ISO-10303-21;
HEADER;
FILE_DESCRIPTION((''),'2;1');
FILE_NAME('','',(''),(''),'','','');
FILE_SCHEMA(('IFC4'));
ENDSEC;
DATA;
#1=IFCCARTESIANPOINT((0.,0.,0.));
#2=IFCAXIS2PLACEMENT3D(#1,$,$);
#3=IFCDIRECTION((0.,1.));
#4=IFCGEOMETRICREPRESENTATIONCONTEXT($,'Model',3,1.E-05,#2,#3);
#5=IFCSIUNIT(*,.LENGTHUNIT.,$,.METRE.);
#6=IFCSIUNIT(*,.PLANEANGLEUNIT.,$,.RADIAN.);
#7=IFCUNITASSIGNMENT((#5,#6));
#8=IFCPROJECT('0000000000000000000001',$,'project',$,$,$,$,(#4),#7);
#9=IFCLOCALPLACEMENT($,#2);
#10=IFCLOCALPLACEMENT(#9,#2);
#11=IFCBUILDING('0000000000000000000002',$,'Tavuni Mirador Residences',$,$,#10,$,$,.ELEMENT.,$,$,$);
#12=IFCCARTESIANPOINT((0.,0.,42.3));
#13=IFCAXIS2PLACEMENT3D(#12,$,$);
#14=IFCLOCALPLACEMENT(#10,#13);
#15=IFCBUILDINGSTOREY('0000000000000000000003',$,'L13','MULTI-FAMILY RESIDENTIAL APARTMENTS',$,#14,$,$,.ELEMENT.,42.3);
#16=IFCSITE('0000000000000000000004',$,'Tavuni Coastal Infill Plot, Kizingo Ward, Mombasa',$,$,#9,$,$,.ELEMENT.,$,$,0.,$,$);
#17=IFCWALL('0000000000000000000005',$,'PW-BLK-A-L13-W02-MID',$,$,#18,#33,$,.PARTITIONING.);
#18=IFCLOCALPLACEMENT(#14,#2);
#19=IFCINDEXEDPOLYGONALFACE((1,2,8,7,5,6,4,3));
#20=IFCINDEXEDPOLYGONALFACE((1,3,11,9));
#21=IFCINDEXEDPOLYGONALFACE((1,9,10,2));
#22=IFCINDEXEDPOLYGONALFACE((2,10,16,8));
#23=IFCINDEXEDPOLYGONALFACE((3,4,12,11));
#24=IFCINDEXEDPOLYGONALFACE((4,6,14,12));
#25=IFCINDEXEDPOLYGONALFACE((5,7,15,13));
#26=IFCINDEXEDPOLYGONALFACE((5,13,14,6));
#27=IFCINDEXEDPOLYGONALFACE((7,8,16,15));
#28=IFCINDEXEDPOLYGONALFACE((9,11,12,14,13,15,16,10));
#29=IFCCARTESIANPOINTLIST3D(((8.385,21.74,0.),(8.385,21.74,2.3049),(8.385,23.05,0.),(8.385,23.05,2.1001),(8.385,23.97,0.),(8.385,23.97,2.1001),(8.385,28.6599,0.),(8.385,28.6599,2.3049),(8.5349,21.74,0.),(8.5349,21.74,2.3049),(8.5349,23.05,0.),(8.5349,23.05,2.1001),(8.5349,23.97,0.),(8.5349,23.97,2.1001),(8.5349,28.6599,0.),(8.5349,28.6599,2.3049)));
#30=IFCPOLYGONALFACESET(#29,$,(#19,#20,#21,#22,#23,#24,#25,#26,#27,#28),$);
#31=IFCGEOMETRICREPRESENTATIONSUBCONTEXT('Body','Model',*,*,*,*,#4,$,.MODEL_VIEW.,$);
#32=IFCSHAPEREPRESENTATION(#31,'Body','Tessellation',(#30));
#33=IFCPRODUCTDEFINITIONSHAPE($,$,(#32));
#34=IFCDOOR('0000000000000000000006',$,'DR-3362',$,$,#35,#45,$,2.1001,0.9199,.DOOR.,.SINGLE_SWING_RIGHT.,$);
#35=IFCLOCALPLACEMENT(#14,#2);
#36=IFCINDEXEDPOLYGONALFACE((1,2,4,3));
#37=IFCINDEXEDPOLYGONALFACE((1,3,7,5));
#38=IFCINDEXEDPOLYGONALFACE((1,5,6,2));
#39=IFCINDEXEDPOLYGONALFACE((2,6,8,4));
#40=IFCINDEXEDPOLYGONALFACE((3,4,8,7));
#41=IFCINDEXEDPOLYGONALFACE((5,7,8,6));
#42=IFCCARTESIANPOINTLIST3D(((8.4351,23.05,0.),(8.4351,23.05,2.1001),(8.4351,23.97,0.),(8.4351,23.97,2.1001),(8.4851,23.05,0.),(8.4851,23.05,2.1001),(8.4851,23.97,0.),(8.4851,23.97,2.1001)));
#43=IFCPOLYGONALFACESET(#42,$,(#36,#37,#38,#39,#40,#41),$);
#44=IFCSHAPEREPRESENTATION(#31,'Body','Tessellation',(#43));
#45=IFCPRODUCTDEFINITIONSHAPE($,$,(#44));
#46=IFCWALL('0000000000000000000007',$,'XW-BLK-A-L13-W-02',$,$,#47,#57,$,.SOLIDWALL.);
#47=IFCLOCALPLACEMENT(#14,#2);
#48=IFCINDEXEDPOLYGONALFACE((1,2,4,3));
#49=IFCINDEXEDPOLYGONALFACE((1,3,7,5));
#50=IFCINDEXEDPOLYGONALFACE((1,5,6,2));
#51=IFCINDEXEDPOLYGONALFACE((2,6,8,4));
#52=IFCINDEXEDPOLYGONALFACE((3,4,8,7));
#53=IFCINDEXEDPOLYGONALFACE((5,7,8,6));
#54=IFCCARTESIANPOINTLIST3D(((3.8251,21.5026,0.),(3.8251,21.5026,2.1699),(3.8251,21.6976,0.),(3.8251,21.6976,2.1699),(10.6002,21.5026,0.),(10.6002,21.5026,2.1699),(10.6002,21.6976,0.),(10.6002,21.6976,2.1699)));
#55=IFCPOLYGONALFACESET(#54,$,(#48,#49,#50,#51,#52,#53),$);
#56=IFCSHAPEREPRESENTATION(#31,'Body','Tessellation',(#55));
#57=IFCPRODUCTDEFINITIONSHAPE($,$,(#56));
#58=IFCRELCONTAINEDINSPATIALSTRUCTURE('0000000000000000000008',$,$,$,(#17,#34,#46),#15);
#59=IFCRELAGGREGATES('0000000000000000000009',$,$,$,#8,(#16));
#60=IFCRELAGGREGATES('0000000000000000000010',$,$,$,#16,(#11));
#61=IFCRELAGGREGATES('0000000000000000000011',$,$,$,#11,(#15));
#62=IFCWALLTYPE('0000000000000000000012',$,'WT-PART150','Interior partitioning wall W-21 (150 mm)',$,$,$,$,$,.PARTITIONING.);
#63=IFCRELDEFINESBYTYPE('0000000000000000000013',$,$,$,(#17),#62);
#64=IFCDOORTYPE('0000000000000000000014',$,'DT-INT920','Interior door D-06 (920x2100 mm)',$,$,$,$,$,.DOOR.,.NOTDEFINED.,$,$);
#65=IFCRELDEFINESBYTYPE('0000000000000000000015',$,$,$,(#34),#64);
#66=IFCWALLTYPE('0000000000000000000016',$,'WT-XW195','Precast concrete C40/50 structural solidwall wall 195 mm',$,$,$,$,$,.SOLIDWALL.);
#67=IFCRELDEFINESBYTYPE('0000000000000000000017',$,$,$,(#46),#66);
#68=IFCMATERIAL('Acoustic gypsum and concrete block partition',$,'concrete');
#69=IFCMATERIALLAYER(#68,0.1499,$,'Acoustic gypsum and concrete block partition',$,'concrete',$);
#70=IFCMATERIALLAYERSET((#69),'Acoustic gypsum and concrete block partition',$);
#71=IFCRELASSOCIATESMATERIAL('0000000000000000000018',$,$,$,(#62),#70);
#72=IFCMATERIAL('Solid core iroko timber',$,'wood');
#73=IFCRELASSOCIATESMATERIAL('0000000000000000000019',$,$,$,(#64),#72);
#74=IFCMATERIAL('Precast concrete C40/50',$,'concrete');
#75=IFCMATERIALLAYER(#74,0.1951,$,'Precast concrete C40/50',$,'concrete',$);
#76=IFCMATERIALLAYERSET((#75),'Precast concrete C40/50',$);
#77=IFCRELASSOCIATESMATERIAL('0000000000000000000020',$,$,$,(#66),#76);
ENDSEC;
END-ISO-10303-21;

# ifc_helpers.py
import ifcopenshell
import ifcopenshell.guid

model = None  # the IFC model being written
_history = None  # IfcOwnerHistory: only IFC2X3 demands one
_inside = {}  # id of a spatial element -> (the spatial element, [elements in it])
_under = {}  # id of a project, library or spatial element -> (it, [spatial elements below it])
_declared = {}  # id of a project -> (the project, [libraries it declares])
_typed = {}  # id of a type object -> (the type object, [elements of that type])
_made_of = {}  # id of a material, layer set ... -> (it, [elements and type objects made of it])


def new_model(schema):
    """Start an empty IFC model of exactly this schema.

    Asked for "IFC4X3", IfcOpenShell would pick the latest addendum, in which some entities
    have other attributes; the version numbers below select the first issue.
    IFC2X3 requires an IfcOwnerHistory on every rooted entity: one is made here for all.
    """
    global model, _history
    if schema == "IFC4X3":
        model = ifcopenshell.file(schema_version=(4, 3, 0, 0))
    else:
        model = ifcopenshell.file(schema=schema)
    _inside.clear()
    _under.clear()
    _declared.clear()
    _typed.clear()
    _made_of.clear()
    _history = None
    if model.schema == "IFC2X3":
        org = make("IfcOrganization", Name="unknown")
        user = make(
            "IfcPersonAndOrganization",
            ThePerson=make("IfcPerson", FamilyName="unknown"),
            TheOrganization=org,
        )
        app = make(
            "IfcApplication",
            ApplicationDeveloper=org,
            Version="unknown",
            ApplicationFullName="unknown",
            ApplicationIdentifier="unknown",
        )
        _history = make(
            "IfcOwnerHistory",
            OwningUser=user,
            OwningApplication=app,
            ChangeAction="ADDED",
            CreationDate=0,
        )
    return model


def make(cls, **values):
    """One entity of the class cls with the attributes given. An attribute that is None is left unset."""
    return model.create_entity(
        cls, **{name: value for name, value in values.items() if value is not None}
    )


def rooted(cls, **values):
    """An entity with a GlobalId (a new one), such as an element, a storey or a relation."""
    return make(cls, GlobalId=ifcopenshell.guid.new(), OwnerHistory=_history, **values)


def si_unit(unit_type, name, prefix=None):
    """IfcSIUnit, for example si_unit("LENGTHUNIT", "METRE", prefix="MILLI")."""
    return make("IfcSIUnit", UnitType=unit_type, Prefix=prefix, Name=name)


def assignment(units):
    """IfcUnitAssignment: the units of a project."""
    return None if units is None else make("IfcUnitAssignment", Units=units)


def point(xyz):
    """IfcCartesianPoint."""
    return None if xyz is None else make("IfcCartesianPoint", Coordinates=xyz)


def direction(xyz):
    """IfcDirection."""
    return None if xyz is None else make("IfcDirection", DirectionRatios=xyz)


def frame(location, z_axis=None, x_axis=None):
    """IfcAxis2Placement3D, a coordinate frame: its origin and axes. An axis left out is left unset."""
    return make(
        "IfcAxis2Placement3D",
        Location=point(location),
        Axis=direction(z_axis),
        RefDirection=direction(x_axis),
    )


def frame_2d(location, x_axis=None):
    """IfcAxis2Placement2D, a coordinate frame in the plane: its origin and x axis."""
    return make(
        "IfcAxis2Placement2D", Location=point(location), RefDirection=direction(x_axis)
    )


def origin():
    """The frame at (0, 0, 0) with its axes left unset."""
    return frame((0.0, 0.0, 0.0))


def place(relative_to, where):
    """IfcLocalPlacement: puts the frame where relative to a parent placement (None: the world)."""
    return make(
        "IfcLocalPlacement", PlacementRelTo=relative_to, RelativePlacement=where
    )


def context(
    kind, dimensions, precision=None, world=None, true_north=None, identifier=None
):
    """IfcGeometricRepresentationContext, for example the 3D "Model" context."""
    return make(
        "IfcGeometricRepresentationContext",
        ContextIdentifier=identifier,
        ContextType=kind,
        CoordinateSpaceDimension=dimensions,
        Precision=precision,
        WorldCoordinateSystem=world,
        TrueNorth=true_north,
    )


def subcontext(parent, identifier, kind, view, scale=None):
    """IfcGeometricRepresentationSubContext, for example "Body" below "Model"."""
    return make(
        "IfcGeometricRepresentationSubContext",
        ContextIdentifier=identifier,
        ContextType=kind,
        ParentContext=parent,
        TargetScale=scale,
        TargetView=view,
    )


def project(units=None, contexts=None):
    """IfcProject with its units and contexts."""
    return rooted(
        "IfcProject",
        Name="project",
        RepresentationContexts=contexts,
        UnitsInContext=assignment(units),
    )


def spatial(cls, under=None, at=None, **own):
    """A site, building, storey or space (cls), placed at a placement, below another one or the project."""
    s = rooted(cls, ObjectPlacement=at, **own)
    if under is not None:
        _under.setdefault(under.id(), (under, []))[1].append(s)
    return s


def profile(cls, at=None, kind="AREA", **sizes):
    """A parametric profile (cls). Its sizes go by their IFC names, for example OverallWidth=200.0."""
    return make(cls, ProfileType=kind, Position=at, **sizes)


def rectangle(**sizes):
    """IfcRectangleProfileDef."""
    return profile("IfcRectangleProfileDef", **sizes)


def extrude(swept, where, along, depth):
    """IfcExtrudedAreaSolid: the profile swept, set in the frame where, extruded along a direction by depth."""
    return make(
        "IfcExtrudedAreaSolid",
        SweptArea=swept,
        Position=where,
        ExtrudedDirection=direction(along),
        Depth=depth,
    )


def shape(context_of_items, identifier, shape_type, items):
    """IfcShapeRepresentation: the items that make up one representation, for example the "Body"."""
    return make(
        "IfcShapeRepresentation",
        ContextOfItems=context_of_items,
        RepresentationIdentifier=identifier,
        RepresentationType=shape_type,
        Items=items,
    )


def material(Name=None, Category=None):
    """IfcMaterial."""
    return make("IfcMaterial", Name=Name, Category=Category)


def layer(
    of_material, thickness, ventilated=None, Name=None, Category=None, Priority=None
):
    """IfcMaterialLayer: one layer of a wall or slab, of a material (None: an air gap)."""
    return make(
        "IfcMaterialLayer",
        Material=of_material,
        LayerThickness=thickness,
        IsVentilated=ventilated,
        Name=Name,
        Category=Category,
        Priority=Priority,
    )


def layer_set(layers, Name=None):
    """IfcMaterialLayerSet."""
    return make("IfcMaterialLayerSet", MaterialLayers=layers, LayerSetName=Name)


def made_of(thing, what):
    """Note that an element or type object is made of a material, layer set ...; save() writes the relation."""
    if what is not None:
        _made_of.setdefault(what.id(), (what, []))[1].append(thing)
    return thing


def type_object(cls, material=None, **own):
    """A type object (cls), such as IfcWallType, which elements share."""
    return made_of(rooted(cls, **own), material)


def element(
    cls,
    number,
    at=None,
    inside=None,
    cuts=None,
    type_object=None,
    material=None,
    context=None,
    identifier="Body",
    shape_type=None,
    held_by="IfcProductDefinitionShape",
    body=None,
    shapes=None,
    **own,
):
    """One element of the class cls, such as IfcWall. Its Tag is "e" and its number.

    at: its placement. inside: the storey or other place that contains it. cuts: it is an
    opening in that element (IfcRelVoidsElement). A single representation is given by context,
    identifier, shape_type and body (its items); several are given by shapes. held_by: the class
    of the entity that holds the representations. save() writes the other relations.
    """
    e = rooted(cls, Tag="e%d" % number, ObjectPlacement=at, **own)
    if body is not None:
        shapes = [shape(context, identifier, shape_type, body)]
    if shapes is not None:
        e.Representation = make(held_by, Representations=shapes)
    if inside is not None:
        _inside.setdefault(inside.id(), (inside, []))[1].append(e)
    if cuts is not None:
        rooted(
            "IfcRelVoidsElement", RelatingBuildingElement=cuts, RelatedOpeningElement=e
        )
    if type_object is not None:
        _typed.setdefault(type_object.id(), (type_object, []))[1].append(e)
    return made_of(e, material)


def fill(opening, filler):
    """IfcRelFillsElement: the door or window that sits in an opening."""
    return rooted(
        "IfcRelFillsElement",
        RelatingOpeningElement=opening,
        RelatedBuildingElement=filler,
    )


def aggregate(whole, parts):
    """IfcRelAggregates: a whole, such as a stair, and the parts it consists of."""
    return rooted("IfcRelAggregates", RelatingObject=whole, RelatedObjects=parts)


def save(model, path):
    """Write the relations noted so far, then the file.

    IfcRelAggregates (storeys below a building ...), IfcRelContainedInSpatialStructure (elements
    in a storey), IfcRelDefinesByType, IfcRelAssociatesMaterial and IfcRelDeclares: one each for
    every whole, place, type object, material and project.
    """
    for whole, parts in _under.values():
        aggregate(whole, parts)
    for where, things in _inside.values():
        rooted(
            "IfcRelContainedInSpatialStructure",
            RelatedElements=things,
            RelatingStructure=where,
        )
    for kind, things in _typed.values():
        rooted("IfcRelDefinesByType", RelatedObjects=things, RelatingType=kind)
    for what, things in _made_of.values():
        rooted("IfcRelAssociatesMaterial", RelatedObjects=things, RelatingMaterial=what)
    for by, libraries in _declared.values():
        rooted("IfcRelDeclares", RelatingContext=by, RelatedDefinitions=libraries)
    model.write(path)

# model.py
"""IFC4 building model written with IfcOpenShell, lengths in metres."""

from ifc_helpers import new_model, si_unit, direction, frame, frame_2d, origin, place, context, subcontext, project, spatial, rectangle, extrude, material, layer, layer_set, type_object, element, fill, save


model = new_model("IFC4")

# Units and contexts
model_context = context("Model", 3, precision=1e-05, world=origin(), true_north=direction((0.0, 1.0)))
body_context = subcontext(model_context, "Body", "Model", "MODEL_VIEW")
ifc_project = project(units=[si_unit("LENGTHUNIT", "METRE"), si_unit("PLANEANGLEUNIT", "RADIAN")], contexts=[model_context])

# Site, building, storey
site_placement = place(None, origin())
site = spatial("IfcSite", under=ifc_project, at=site_placement, Name="Tavuni Coastal Infill Plot, Kizingo Ward, Mombasa", CompositionType="ELEMENT", RefElevation=0.0)
building_placement = place(site_placement, origin())
building = spatial("IfcBuilding", under=site, at=building_placement, Name="Tavuni Mirador Residences", CompositionType="ELEMENT")
storey_placement = place(building_placement, frame((0.0, 0.0, 42.3)))
storey = spatial("IfcBuildingStorey", under=building, at=storey_placement, Name="L13", Description="MULTI-FAMILY RESIDENTIAL APARTMENTS", CompositionType="ELEMENT", Elevation=42.3)

# Shared definitions
ifc_material_1 = material(Name="Precast concrete C40/50", Category="concrete")

# Shared definitions
ifc_material_2 = material(Name="Solid core iroko timber", Category="wood")

# Shared definitions
ifc_material_3 = material(Name="Acoustic gypsum and concrete block partition", Category="concrete")

# Wall, opening, door
ifc_layer_1 = layer(ifc_material_3, 0.1499, Name="Acoustic gypsum and concrete block partition", Category="concrete")
ifc_layer_set_1 = layer_set([ifc_layer_1], Name="Acoustic gypsum and concrete block partition")
wall_type_1 = type_object("IfcWallType", Name="WT-PART150", Description="Interior partitioning wall W-21 (150 mm)", PredefinedType="PARTITIONING", material=ifc_layer_set_1)
wall_1_placement = place(storey_placement, frame((8.46, 21.74, 0.0), z_axis=(0.0, 0.0, 1.0), x_axis=(0.0, 1.0, 0.0)))
wall_1 = element("IfcWall", 1, at=wall_1_placement, inside=storey, type_object=wall_type_1, Name="PW-BLK-A-L13-W02-MID", PredefinedType="PARTITIONING", context=body_context, shape_type="SweptSolid", body=[
    extrude(rectangle(XDim=6.9199, YDim=0.1499, at=frame_2d((3.46, 0.0))), origin(), (0.0, 0.0, 1.0), 2.3049),
])
opening_1_placement = place(wall_1_placement, frame((1.3101, 0.0, 0.0)))
opening_1 = element("IfcOpeningElement", 2, at=opening_1_placement, cuts=wall_1, PredefinedType="OPENING", context=body_context, shape_type="SweptSolid", body=[
    extrude(rectangle(XDim=0.9199, YDim=2.1001, at=frame_2d((0.46, 1.05))), frame((0.0, 0.085, 0.0), z_axis=(0.0, -1.0, 0.0), x_axis=(1.0, 0.0, 0.0)), (0.0, 0.0, 1.0), 0.1699),
])
door_type_1 = type_object("IfcDoorType", Name="DT-INT920", Description="Interior door D-06 (920x2100 mm)", OperationType="NOTDEFINED", PredefinedType="DOOR", material=ifc_material_2)
door_1_placement = place(opening_1_placement, origin())
door_1 = element("IfcDoor", 3, at=door_1_placement, inside=storey, type_object=door_type_1, Name="DR-3362", OperationType="SINGLE_SWING_RIGHT", OverallHeight=2.1001, OverallWidth=0.9199, PredefinedType="DOOR", context=body_context, shape_type="SweptSolid", body=[
    extrude(rectangle(XDim=0.9199, YDim=2.1001, at=frame_2d((0.46, 1.05))), frame((0.0, 0.0249, 0.0), z_axis=(0.0, -1.0, 0.0), x_axis=(1.0, 0.0, 0.0)), (0.0, 0.0, 1.0), 0.05),
])
fill(opening_1, door_1)

# Wall
ifc_layer_2 = layer(ifc_material_1, 0.1951, Name="Precast concrete C40/50", Category="concrete")
ifc_layer_set_2 = layer_set([ifc_layer_2], Name="Precast concrete C40/50")
wall_type_2 = type_object("IfcWallType", Name="WT-XW195", Description="Precast concrete C40/50 structural solidwall wall 195 mm", PredefinedType="SOLIDWALL", material=ifc_layer_set_2)
wall_2_placement = place(storey_placement, frame((3.825, 21.6001, 0.0), z_axis=(0.0, 0.0, 1.0), x_axis=(1.0, 0.0, 0.0)))
element("IfcWall", 4, at=wall_2_placement, inside=storey, type_object=wall_type_2, Name="XW-BLK-A-L13-W-02", PredefinedType="SOLIDWALL", context=body_context, shape_type="SweptSolid", body=[
    extrude(rectangle(XDim=6.7751, YDim=0.1951, at=frame_2d((3.3877, 0.0))), origin(), (0.0, 0.0, 1.0), 2.1699),
])

save(model, "model.ifc")
